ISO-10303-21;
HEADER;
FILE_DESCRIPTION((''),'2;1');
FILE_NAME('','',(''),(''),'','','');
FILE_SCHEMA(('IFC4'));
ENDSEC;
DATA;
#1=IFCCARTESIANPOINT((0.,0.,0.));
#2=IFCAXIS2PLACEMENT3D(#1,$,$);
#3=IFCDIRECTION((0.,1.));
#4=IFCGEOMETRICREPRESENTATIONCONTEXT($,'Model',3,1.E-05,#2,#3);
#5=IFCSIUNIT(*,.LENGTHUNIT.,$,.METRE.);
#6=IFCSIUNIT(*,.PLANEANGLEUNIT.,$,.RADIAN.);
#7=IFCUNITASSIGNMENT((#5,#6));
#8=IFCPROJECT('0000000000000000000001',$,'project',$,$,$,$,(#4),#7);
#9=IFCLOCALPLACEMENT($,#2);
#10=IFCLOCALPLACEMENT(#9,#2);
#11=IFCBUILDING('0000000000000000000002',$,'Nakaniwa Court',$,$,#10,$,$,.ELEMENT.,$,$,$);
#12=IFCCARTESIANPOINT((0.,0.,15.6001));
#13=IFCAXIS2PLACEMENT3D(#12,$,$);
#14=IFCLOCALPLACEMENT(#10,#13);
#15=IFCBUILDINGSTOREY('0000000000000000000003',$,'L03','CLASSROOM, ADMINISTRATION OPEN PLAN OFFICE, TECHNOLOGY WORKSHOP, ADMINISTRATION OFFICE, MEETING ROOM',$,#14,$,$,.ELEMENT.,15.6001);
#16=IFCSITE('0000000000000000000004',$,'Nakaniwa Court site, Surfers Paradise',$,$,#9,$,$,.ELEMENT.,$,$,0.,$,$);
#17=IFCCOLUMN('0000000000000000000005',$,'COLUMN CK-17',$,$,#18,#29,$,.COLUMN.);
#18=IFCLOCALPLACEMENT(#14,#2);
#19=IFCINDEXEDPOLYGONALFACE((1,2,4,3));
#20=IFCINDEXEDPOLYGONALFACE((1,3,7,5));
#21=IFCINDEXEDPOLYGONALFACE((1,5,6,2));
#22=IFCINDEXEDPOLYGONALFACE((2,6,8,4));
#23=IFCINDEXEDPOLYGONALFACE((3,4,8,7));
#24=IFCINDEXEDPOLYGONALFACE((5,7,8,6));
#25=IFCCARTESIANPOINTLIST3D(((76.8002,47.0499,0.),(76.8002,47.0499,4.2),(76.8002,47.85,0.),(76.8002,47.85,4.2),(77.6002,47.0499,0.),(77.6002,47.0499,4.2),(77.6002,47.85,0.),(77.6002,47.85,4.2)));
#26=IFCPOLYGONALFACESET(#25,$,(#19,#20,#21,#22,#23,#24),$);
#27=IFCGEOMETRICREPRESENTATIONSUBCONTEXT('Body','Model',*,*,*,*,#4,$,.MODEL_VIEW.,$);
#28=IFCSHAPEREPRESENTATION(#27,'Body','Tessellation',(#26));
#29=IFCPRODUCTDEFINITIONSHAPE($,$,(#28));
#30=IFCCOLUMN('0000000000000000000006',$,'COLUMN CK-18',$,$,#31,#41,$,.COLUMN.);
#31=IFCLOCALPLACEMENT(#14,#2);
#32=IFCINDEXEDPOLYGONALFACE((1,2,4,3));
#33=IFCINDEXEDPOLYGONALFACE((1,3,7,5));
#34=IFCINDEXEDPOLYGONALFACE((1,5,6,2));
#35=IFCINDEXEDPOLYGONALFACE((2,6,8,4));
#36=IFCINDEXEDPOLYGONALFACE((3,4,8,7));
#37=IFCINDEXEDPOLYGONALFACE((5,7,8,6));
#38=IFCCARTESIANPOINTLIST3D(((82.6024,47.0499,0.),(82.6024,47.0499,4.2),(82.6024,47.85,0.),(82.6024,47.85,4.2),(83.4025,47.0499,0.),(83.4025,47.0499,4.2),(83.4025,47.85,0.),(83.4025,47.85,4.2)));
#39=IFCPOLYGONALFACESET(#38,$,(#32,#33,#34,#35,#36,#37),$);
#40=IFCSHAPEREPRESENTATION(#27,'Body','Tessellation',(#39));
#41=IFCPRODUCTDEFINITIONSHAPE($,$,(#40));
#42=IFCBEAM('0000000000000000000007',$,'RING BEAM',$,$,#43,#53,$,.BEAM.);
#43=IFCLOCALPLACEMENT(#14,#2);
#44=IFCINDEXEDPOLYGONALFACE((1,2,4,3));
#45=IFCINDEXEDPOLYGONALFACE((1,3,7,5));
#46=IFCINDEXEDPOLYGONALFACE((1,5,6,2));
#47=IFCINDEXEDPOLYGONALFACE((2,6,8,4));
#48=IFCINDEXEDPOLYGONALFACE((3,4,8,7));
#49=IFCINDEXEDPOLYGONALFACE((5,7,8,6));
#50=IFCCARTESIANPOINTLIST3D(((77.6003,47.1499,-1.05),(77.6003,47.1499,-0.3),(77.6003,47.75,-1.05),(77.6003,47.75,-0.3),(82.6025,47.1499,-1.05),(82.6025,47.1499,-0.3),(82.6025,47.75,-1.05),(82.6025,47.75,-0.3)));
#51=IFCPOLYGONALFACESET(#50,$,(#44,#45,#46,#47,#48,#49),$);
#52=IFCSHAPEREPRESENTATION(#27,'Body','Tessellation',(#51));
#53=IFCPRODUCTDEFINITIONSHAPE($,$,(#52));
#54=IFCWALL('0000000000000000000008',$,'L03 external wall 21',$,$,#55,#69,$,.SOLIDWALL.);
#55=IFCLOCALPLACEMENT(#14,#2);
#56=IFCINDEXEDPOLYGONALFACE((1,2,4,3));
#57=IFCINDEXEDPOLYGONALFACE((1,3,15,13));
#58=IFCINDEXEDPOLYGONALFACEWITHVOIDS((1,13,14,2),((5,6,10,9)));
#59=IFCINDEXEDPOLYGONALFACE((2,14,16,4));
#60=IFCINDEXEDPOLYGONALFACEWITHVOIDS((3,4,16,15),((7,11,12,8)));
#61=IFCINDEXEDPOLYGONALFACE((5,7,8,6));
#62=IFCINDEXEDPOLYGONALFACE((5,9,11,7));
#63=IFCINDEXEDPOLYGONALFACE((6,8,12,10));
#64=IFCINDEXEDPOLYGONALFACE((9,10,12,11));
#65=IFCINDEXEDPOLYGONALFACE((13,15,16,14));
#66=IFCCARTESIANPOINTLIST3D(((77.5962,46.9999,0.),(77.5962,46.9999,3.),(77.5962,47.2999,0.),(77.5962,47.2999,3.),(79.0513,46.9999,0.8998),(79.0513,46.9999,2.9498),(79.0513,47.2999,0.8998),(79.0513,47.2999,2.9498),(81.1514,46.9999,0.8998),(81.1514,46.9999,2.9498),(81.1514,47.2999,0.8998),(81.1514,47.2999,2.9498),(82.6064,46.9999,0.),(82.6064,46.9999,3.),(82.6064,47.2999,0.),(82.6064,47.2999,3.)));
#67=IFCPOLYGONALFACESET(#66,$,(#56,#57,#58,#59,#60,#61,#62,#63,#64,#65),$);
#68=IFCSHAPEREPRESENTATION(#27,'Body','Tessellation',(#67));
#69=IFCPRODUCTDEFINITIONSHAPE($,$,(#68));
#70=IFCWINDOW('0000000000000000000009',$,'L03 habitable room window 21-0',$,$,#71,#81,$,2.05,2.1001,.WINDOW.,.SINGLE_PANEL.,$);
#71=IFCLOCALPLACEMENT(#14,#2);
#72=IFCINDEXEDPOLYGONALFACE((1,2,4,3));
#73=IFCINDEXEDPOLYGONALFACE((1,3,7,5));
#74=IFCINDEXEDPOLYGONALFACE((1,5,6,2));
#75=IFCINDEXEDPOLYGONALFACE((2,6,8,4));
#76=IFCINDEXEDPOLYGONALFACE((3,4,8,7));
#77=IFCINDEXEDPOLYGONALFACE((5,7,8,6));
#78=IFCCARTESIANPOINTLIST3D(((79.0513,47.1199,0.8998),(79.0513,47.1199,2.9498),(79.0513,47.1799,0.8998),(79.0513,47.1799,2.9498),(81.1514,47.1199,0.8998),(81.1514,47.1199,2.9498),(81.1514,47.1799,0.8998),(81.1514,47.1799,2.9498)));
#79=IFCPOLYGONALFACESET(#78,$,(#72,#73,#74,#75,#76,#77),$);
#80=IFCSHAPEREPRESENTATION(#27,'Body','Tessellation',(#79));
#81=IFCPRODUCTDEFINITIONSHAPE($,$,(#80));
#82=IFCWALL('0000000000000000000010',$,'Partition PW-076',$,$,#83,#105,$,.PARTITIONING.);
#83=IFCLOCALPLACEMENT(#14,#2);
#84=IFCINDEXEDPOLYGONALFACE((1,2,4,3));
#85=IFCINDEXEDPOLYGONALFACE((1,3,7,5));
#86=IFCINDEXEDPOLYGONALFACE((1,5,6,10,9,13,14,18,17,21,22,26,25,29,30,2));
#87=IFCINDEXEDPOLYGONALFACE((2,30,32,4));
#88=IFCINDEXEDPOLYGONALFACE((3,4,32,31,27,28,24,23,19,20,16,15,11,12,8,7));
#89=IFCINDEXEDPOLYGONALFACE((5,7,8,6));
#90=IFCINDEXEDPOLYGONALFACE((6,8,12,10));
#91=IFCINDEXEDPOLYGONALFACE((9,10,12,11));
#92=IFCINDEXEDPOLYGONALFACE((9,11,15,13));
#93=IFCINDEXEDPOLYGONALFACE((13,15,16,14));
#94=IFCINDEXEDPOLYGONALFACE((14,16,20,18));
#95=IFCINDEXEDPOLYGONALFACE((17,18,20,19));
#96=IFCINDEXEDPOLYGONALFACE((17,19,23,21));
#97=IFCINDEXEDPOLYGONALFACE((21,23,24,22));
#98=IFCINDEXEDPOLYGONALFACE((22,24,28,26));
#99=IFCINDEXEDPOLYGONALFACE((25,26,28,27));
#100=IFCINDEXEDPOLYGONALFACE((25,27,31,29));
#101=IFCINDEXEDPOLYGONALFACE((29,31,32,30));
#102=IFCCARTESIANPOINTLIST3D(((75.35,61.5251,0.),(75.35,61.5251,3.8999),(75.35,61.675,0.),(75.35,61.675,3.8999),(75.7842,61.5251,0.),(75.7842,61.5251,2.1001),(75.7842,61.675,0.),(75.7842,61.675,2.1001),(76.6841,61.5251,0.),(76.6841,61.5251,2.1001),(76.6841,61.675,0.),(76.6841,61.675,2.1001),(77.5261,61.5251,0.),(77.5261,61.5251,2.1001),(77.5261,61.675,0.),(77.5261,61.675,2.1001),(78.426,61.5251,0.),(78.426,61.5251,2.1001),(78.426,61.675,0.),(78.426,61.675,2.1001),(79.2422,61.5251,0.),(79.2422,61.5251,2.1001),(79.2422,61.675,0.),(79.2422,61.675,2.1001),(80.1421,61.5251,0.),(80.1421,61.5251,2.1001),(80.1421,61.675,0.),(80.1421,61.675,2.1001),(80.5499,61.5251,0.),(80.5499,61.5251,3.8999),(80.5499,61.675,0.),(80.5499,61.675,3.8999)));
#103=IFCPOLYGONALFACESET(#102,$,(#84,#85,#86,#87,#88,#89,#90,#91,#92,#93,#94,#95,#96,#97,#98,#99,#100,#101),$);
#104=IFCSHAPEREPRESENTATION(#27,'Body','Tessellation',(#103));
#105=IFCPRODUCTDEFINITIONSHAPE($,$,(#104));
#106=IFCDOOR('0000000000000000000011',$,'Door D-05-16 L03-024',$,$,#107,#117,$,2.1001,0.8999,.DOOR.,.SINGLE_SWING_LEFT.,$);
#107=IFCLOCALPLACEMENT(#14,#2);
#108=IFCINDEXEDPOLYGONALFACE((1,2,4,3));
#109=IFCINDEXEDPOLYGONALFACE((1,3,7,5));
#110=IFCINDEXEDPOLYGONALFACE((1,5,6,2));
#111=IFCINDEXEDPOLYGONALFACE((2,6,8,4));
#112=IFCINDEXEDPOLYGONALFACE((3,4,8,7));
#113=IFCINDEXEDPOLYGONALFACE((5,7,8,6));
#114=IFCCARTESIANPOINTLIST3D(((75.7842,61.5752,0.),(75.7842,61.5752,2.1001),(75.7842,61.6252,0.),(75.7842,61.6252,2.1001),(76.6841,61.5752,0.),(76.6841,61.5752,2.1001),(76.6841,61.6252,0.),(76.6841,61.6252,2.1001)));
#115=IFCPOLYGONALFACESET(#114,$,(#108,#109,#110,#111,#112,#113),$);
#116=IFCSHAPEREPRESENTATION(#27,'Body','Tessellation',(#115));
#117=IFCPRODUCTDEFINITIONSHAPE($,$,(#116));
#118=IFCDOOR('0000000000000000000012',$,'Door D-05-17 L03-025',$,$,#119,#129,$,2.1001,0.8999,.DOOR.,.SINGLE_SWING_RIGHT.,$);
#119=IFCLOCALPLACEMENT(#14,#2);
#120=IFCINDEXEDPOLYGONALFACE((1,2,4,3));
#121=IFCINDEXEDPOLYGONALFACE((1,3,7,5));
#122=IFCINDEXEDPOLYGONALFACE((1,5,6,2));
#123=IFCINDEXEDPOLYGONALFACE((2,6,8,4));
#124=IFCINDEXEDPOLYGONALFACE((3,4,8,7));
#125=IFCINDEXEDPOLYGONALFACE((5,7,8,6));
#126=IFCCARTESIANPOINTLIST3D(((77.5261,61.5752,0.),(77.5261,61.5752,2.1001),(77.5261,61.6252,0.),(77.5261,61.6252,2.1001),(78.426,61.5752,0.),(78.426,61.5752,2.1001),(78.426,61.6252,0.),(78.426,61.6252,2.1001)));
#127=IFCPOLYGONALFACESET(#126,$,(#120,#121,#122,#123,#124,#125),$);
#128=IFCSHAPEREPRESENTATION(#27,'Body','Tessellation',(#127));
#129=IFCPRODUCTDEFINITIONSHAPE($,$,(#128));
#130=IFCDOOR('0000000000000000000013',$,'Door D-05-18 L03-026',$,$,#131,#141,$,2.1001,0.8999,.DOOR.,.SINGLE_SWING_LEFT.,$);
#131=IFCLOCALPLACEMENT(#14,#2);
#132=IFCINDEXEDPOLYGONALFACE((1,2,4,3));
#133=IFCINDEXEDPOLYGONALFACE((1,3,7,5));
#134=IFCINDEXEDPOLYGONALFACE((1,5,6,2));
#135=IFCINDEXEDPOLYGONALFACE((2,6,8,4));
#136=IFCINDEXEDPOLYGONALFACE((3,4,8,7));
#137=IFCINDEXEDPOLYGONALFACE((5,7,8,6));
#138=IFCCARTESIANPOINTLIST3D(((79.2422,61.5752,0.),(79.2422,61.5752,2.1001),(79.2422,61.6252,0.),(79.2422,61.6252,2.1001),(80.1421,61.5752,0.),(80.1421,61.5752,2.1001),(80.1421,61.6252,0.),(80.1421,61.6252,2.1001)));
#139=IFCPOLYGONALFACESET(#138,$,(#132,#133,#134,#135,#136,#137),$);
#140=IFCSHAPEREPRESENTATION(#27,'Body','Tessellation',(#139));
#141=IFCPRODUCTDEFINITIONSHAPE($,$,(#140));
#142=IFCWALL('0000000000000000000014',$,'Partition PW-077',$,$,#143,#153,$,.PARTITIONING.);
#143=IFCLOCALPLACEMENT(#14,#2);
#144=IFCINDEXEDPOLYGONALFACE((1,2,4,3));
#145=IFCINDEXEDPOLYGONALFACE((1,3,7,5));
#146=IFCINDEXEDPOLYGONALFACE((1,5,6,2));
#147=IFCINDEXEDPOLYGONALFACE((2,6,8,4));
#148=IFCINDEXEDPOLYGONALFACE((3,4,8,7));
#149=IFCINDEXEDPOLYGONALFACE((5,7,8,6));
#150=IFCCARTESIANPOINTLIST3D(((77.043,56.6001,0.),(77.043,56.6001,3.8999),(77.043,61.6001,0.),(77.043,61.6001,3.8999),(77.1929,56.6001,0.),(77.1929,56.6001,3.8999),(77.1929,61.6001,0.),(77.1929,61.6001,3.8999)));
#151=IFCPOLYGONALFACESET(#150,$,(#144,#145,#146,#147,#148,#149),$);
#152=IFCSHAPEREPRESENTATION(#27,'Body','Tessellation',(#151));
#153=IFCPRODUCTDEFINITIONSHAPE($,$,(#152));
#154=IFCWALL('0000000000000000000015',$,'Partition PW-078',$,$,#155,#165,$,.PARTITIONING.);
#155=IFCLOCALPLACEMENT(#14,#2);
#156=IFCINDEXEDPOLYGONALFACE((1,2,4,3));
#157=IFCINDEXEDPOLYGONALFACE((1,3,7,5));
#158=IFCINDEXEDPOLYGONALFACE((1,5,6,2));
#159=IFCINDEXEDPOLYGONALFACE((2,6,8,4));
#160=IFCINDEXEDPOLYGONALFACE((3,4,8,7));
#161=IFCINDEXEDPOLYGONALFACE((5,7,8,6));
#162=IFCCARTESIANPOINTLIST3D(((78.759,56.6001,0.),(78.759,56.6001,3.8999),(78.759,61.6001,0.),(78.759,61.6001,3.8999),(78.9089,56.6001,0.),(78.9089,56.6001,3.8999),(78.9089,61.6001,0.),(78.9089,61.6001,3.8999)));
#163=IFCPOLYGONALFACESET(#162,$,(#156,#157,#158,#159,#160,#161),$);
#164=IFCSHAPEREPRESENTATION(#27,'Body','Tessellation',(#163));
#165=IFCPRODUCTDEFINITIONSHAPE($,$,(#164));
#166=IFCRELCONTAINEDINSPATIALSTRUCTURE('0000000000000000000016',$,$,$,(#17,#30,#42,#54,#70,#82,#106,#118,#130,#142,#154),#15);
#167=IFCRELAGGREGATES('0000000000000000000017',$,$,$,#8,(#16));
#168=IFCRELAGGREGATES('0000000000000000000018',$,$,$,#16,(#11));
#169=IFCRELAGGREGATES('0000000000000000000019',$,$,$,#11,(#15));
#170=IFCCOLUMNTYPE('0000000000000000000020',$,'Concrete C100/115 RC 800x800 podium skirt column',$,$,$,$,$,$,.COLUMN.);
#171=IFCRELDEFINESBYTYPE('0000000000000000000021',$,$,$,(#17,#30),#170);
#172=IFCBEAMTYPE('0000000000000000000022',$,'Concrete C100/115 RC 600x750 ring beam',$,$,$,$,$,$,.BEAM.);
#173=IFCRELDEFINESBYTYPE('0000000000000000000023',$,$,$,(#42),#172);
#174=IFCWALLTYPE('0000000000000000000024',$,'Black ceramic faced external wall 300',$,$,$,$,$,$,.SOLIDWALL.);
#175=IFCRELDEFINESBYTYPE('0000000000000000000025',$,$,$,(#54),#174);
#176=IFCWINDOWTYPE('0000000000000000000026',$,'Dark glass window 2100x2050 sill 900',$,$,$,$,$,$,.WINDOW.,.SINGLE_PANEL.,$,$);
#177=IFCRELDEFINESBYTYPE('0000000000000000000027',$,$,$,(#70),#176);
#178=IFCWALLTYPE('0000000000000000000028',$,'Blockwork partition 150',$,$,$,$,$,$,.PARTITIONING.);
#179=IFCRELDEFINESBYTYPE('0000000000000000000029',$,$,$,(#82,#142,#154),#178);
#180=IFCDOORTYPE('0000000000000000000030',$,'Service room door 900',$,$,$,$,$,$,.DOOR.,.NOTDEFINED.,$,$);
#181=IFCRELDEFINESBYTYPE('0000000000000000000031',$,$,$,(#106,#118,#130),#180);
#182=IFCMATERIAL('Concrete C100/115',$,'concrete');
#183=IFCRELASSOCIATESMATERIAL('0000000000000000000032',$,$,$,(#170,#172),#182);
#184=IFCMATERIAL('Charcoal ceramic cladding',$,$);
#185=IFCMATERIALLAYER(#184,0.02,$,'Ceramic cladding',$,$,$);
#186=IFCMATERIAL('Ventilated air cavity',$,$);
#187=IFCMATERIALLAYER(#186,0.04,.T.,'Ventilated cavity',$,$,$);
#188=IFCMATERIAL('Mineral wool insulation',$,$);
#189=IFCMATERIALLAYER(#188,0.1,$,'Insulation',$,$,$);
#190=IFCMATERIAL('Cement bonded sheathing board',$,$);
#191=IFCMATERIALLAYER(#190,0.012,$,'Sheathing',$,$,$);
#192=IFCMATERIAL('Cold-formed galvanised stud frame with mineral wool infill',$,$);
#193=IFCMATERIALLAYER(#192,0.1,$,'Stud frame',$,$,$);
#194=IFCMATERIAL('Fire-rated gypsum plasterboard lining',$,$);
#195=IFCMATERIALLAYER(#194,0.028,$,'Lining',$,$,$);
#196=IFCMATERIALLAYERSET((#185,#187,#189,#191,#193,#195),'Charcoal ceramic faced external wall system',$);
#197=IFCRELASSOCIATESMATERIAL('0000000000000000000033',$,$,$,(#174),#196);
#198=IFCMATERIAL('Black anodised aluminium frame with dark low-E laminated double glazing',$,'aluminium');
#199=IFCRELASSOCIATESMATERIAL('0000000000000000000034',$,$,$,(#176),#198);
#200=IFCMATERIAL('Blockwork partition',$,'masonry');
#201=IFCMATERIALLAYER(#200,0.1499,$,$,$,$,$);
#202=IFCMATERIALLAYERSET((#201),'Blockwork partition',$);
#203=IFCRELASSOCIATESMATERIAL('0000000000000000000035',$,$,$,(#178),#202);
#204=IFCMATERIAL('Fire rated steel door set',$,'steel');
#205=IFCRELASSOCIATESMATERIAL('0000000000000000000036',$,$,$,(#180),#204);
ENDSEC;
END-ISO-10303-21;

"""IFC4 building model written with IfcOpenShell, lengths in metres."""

from ifc_helpers import new_model, si_unit, direction, frame, frame_2d, origin, origin_2d, place, context, subcontext, project, spatial, rectangle, extrude, material, layer, layer_set, material_profile, profile_set, type_object, element, fill, save


model = new_model("IFC4")

# Units and contexts
model_context = context("Model", 3, precision=1e-05, world=origin(), true_north=direction((0.0, 1.0)))
body_context = subcontext(model_context, "Body", "Model", "MODEL_VIEW")
ifc_project = project(units=[si_unit("LENGTHUNIT", "METRE"), si_unit("PLANEANGLEUNIT", "RADIAN")], contexts=[model_context])

# Site, building, storey
site_placement = place(None, origin())
site = spatial("IfcSite", under=ifc_project, at=site_placement, Name="Nakaniwa Court site, Surfers Paradise", CompositionType="ELEMENT", RefElevation=0.0)
building_placement = place(site_placement, origin())
building = spatial("IfcBuilding", under=site, at=building_placement, Name="Nakaniwa Court", CompositionType="ELEMENT")
storey_placement = place(building_placement, frame((0.0, 0.0, 15.6001)))
storey = spatial("IfcBuildingStorey", under=building, at=storey_placement, Name="L03", Description="CLASSROOM, ADMINISTRATION OPEN PLAN OFFICE, TECHNOLOGY WORKSHOP, ADMINISTRATION OFFICE, MEETING ROOM", CompositionType="ELEMENT", Elevation=15.6001)

# Columns
ifc_material_1 = material(Name="Concrete C100/115", Category="concrete")
ifc_material_profile_1 = material_profile(ifc_material_1, rectangle(XDim=0.8, YDim=0.8, at=origin_2d()), Name="Concrete C100/115 RC 800x800 podium skirt column")
ifc_profile_set_1 = profile_set([ifc_material_profile_1], Name="Concrete C100/115")
column_type = type_object("IfcColumnType", Name="Concrete C100/115 RC 800x800 podium skirt column", PredefinedType="COLUMN", material=ifc_profile_set_1)
for number, where, z_axis, x_axis, name in (
    (1, (77.2002, 47.45, 0.0), (0.0, 0.0, 1.0), (1.0, 0.0, 0.0), "COLUMN CK-17"),
    (2, (83.0024, 47.45, 0.0), (0.0, 0.0, 1.0), (1.0, 0.0, 0.0), "COLUMN CK-18"),
):
    element("IfcColumn", number, at=place(storey_placement, frame(where, z_axis=z_axis, x_axis=x_axis)), inside=storey, type_object=column_type, Name=name, PredefinedType="COLUMN", context=body_context, shape_type="SweptSolid", body=[
        extrude(rectangle(XDim=0.8, YDim=0.8, at=origin_2d()), origin(), (0.0, 0.0, 1.0), 4.2),
    ])

# Beam
ifc_material_profile_2 = material_profile(ifc_material_1, rectangle(XDim=0.6001, YDim=0.75, at=origin_2d()), Name="Concrete C100/115 RC 600x750 ring beam")
ifc_profile_set_2 = profile_set([ifc_material_profile_2], Name="Concrete C100/115")
beam_type = type_object("IfcBeamType", Name="Concrete C100/115 RC 600x750 ring beam", PredefinedType="BEAM", material=ifc_profile_set_2)
beam_placement = place(storey_placement, frame((77.6003, 47.45, -0.675), z_axis=(1.0, 0.0, 0.0), x_axis=(0.0, 1.0, 0.0)))
element("IfcBeam", 3, at=beam_placement, inside=storey, type_object=beam_type, Name="RING BEAM", PredefinedType="BEAM", context=body_context, shape_type="SweptSolid", body=[
    extrude(rectangle(XDim=0.6001, YDim=0.75, at=origin_2d()), origin(), (0.0, 0.0, 1.0), 5.0022),
])

# Wall, opening, window
ifc_material_2 = material(Name="Charcoal ceramic cladding")
ifc_layer_1 = layer(ifc_material_2, 0.02, Name="Ceramic cladding")
ifc_material_3 = material(Name="Ventilated air cavity")
ifc_layer_2 = layer(ifc_material_3, 0.04, ventilated=True, Name="Ventilated cavity")
ifc_material_4 = material(Name="Mineral wool insulation")
ifc_layer_3 = layer(ifc_material_4, 0.1, Name="Insulation")
ifc_material_5 = material(Name="Cement bonded sheathing board")
ifc_layer_4 = layer(ifc_material_5, 0.012, Name="Sheathing")
ifc_material_6 = material(Name="Cold-formed galvanised stud frame with mineral wool infill")
ifc_layer_5 = layer(ifc_material_6, 0.1, Name="Stud frame")
ifc_material_7 = material(Name="Fire-rated gypsum plasterboard lining")
ifc_layer_6 = layer(ifc_material_7, 0.028, Name="Lining")
ifc_layer_set_1 = layer_set([ifc_layer_1, ifc_layer_2, ifc_layer_3, ifc_layer_4, ifc_layer_5, ifc_layer_6], Name="Charcoal ceramic faced external wall system")
wall_type_1 = type_object("IfcWallType", Name="Black ceramic faced external wall 300", PredefinedType="SOLIDWALL", material=ifc_layer_set_1)
wall_1_placement = place(storey_placement, frame((77.5962, 47.1499, 0.0), z_axis=(0.0, 0.0, 1.0), x_axis=(1.0, 0.0, 0.0)))
wall_1 = element("IfcWall", 4, at=wall_1_placement, inside=storey, type_object=wall_type_1, Name="L03 external wall 21", PredefinedType="SOLIDWALL", context=body_context, shape_type="SweptSolid", body=[
    extrude(rectangle(XDim=5.0103, YDim=0.3, at=frame_2d((2.5051, 0.0))), origin(), (0.0, 0.0, 1.0), 3.0),
])
opening_1_placement = place(wall_1_placement, frame((1.4551, 0.0, 0.8999)))
opening_1 = element("IfcOpeningElement", 5, at=opening_1_placement, cuts=wall_1, PredefinedType="OPENING", context=body_context, shape_type="SweptSolid", body=[
    extrude(rectangle(XDim=2.1001, YDim=2.05, at=frame_2d((1.05, 1.0249))), frame((0.0, 0.1599, 0.0), z_axis=(0.0, -1.0, 0.0), x_axis=(1.0, 0.0, 0.0)), (0.0, 0.0, 1.0), 0.3201),
])
ifc_material_8 = material(Name="Black anodised aluminium frame with dark low-E laminated double glazing", Category="aluminium")
window_type = type_object("IfcWindowType", Name="Dark glass window 2100x2050 sill 900", PartitioningType="SINGLE_PANEL", PredefinedType="WINDOW", material=ifc_material_8)
window_placement = place(opening_1_placement, origin())
window = element("IfcWindow", 6, at=window_placement, inside=storey, type_object=window_type, Name="L03 habitable room window 21-0", OverallHeight=2.05, OverallWidth=2.1001, PartitioningType="SINGLE_PANEL", PredefinedType="WINDOW", context=body_context, shape_type="SweptSolid", body=[
    extrude(rectangle(XDim=2.1001, YDim=2.05, at=frame_2d((1.05, 1.0249))), frame((0.0, 0.03, 0.0), z_axis=(0.0, -1.0, 0.0), x_axis=(1.0, 0.0, 0.0)), (0.0, 0.0, 1.0), 0.0601),
])
fill(opening_1, window)

# Wall, openings, doors
ifc_material_9 = material(Name="Blockwork partition", Category="masonry")
ifc_layer_7 = layer(ifc_material_9, 0.1499)
ifc_layer_set_2 = layer_set([ifc_layer_7], Name="Blockwork partition")
wall_type_2 = type_object("IfcWallType", Name="Blockwork partition 150", PredefinedType="PARTITIONING", material=ifc_layer_set_2)
wall_2_placement = place(storey_placement, frame((80.55, 61.6001, 0.0), z_axis=(0.0, 0.0, 1.0), x_axis=(-1.0, 0.0, 0.0)))
wall_2 = element("IfcWall", 7, at=wall_2_placement, inside=storey, type_object=wall_type_2, Name="Partition PW-076", PredefinedType="PARTITIONING", context=body_context, shape_type="SweptSolid", body=[
    extrude(rectangle(XDim=5.2, YDim=0.1499, at=frame_2d((2.6001, 0.0))), origin(), (0.0, 0.0, 1.0), 3.8999),
])
opening_2_placement = place(wall_2_placement, frame((3.866, 0.0, 0.0)))
opening_2 = element("IfcOpeningElement", 8, at=opening_2_placement, cuts=wall_2, PredefinedType="OPENING", context=body_context, shape_type="SweptSolid", body=[
    extrude(rectangle(XDim=0.8999, YDim=2.1001, at=frame_2d((0.45, 1.05))), frame((0.0, 0.085, 0.0), z_axis=(0.0, -1.0, 0.0), x_axis=(1.0, 0.0, 0.0)), (0.0, 0.0, 1.0), 0.1699),
])
opening_3_placement = place(wall_2_placement, frame((2.124, 0.0, 0.0)))
opening_3 = element("IfcOpeningElement", 9, at=opening_3_placement, cuts=wall_2, PredefinedType="OPENING", context=body_context, shape_type="SweptSolid", body=[
    extrude(rectangle(XDim=0.8999, YDim=2.1001, at=frame_2d((0.45, 1.05))), frame((0.0, 0.085, 0.0), z_axis=(0.0, -1.0, 0.0), x_axis=(1.0, 0.0, 0.0)), (0.0, 0.0, 1.0), 0.1699),
])
opening_4_placement = place(wall_2_placement, frame((0.408, 0.0, 0.0)))
opening_4 = element("IfcOpeningElement", 10, at=opening_4_placement, cuts=wall_2, PredefinedType="OPENING", context=body_context, shape_type="SweptSolid", body=[
    extrude(rectangle(XDim=0.8999, YDim=2.1001, at=frame_2d((0.45, 1.05))), frame((0.0, 0.085, 0.0), z_axis=(0.0, -1.0, 0.0), x_axis=(1.0, 0.0, 0.0)), (0.0, 0.0, 1.0), 0.1699),
])
ifc_material_10 = material(Name="Fire rated steel door set", Category="steel")
door_type = type_object("IfcDoorType", Name="Service room door 900", OperationType="NOTDEFINED", PredefinedType="DOOR", material=ifc_material_10)
door_1_placement = place(opening_2_placement, origin())
door_1 = element("IfcDoor", 11, at=door_1_placement, inside=storey, type_object=door_type, Name="Door D-05-16 L03-024", OperationType="SINGLE_SWING_LEFT", OverallHeight=2.1001, OverallWidth=0.8999, PredefinedType="DOOR", context=body_context, shape_type="SweptSolid", body=[
    extrude(rectangle(XDim=0.8999, YDim=2.1001, at=frame_2d((0.45, 1.05))), frame((0.0, 0.0249, 0.0), z_axis=(0.0, -1.0, 0.0), x_axis=(1.0, 0.0, 0.0)), (0.0, 0.0, 1.0), 0.05),
])
fill(opening_2, door_1)
door_2_placement = place(opening_3_placement, origin())
door_2 = element("IfcDoor", 12, at=door_2_placement, inside=storey, type_object=door_type, Name="Door D-05-17 L03-025", OperationType="SINGLE_SWING_RIGHT", OverallHeight=2.1001, OverallWidth=0.8999, PredefinedType="DOOR", context=body_context, shape_type="SweptSolid", body=[
    extrude(rectangle(XDim=0.8999, YDim=2.1001, at=frame_2d((0.45, 1.05))), frame((0.0, 0.0249, 0.0), z_axis=(0.0, -1.0, 0.0), x_axis=(1.0, 0.0, 0.0)), (0.0, 0.0, 1.0), 0.05),
])
fill(opening_3, door_2)
door_3_placement = place(opening_4_placement, origin())
door_3 = element("IfcDoor", 13, at=door_3_placement, inside=storey, type_object=door_type, Name="Door D-05-18 L03-026", OperationType="SINGLE_SWING_LEFT", OverallHeight=2.1001, OverallWidth=0.8999, PredefinedType="DOOR", context=body_context, shape_type="SweptSolid", body=[
    extrude(rectangle(XDim=0.8999, YDim=2.1001, at=frame_2d((0.45, 1.05))), frame((0.0, 0.0249, 0.0), z_axis=(0.0, -1.0, 0.0), x_axis=(1.0, 0.0, 0.0)), (0.0, 0.0, 1.0), 0.05),
])
fill(opening_4, door_3)

# Walls
for number, where, z_axis, x_axis, name in (
    (14, (77.1179, 56.6001, 0.0), (0.0, 0.0, 1.0), (0.0, 1.0, 0.0), "Partition PW-077"),
    (15, (78.834, 56.6001, 0.0), (0.0, 0.0, 1.0), (0.0, 1.0, 0.0), "Partition PW-078"),
):
    element("IfcWall", number, at=place(storey_placement, frame(where, z_axis=z_axis, x_axis=x_axis)), inside=storey, type_object=wall_type_2, Name=name, PredefinedType="PARTITIONING", context=body_context, shape_type="SweptSolid", body=[
        extrude(rectangle(XDim=5.0, YDim=0.1499, at=frame_2d((2.5, 0.0))), origin(), (0.0, 0.0, 1.0), 3.8999),
    ])

save(model, "model.ifc")
